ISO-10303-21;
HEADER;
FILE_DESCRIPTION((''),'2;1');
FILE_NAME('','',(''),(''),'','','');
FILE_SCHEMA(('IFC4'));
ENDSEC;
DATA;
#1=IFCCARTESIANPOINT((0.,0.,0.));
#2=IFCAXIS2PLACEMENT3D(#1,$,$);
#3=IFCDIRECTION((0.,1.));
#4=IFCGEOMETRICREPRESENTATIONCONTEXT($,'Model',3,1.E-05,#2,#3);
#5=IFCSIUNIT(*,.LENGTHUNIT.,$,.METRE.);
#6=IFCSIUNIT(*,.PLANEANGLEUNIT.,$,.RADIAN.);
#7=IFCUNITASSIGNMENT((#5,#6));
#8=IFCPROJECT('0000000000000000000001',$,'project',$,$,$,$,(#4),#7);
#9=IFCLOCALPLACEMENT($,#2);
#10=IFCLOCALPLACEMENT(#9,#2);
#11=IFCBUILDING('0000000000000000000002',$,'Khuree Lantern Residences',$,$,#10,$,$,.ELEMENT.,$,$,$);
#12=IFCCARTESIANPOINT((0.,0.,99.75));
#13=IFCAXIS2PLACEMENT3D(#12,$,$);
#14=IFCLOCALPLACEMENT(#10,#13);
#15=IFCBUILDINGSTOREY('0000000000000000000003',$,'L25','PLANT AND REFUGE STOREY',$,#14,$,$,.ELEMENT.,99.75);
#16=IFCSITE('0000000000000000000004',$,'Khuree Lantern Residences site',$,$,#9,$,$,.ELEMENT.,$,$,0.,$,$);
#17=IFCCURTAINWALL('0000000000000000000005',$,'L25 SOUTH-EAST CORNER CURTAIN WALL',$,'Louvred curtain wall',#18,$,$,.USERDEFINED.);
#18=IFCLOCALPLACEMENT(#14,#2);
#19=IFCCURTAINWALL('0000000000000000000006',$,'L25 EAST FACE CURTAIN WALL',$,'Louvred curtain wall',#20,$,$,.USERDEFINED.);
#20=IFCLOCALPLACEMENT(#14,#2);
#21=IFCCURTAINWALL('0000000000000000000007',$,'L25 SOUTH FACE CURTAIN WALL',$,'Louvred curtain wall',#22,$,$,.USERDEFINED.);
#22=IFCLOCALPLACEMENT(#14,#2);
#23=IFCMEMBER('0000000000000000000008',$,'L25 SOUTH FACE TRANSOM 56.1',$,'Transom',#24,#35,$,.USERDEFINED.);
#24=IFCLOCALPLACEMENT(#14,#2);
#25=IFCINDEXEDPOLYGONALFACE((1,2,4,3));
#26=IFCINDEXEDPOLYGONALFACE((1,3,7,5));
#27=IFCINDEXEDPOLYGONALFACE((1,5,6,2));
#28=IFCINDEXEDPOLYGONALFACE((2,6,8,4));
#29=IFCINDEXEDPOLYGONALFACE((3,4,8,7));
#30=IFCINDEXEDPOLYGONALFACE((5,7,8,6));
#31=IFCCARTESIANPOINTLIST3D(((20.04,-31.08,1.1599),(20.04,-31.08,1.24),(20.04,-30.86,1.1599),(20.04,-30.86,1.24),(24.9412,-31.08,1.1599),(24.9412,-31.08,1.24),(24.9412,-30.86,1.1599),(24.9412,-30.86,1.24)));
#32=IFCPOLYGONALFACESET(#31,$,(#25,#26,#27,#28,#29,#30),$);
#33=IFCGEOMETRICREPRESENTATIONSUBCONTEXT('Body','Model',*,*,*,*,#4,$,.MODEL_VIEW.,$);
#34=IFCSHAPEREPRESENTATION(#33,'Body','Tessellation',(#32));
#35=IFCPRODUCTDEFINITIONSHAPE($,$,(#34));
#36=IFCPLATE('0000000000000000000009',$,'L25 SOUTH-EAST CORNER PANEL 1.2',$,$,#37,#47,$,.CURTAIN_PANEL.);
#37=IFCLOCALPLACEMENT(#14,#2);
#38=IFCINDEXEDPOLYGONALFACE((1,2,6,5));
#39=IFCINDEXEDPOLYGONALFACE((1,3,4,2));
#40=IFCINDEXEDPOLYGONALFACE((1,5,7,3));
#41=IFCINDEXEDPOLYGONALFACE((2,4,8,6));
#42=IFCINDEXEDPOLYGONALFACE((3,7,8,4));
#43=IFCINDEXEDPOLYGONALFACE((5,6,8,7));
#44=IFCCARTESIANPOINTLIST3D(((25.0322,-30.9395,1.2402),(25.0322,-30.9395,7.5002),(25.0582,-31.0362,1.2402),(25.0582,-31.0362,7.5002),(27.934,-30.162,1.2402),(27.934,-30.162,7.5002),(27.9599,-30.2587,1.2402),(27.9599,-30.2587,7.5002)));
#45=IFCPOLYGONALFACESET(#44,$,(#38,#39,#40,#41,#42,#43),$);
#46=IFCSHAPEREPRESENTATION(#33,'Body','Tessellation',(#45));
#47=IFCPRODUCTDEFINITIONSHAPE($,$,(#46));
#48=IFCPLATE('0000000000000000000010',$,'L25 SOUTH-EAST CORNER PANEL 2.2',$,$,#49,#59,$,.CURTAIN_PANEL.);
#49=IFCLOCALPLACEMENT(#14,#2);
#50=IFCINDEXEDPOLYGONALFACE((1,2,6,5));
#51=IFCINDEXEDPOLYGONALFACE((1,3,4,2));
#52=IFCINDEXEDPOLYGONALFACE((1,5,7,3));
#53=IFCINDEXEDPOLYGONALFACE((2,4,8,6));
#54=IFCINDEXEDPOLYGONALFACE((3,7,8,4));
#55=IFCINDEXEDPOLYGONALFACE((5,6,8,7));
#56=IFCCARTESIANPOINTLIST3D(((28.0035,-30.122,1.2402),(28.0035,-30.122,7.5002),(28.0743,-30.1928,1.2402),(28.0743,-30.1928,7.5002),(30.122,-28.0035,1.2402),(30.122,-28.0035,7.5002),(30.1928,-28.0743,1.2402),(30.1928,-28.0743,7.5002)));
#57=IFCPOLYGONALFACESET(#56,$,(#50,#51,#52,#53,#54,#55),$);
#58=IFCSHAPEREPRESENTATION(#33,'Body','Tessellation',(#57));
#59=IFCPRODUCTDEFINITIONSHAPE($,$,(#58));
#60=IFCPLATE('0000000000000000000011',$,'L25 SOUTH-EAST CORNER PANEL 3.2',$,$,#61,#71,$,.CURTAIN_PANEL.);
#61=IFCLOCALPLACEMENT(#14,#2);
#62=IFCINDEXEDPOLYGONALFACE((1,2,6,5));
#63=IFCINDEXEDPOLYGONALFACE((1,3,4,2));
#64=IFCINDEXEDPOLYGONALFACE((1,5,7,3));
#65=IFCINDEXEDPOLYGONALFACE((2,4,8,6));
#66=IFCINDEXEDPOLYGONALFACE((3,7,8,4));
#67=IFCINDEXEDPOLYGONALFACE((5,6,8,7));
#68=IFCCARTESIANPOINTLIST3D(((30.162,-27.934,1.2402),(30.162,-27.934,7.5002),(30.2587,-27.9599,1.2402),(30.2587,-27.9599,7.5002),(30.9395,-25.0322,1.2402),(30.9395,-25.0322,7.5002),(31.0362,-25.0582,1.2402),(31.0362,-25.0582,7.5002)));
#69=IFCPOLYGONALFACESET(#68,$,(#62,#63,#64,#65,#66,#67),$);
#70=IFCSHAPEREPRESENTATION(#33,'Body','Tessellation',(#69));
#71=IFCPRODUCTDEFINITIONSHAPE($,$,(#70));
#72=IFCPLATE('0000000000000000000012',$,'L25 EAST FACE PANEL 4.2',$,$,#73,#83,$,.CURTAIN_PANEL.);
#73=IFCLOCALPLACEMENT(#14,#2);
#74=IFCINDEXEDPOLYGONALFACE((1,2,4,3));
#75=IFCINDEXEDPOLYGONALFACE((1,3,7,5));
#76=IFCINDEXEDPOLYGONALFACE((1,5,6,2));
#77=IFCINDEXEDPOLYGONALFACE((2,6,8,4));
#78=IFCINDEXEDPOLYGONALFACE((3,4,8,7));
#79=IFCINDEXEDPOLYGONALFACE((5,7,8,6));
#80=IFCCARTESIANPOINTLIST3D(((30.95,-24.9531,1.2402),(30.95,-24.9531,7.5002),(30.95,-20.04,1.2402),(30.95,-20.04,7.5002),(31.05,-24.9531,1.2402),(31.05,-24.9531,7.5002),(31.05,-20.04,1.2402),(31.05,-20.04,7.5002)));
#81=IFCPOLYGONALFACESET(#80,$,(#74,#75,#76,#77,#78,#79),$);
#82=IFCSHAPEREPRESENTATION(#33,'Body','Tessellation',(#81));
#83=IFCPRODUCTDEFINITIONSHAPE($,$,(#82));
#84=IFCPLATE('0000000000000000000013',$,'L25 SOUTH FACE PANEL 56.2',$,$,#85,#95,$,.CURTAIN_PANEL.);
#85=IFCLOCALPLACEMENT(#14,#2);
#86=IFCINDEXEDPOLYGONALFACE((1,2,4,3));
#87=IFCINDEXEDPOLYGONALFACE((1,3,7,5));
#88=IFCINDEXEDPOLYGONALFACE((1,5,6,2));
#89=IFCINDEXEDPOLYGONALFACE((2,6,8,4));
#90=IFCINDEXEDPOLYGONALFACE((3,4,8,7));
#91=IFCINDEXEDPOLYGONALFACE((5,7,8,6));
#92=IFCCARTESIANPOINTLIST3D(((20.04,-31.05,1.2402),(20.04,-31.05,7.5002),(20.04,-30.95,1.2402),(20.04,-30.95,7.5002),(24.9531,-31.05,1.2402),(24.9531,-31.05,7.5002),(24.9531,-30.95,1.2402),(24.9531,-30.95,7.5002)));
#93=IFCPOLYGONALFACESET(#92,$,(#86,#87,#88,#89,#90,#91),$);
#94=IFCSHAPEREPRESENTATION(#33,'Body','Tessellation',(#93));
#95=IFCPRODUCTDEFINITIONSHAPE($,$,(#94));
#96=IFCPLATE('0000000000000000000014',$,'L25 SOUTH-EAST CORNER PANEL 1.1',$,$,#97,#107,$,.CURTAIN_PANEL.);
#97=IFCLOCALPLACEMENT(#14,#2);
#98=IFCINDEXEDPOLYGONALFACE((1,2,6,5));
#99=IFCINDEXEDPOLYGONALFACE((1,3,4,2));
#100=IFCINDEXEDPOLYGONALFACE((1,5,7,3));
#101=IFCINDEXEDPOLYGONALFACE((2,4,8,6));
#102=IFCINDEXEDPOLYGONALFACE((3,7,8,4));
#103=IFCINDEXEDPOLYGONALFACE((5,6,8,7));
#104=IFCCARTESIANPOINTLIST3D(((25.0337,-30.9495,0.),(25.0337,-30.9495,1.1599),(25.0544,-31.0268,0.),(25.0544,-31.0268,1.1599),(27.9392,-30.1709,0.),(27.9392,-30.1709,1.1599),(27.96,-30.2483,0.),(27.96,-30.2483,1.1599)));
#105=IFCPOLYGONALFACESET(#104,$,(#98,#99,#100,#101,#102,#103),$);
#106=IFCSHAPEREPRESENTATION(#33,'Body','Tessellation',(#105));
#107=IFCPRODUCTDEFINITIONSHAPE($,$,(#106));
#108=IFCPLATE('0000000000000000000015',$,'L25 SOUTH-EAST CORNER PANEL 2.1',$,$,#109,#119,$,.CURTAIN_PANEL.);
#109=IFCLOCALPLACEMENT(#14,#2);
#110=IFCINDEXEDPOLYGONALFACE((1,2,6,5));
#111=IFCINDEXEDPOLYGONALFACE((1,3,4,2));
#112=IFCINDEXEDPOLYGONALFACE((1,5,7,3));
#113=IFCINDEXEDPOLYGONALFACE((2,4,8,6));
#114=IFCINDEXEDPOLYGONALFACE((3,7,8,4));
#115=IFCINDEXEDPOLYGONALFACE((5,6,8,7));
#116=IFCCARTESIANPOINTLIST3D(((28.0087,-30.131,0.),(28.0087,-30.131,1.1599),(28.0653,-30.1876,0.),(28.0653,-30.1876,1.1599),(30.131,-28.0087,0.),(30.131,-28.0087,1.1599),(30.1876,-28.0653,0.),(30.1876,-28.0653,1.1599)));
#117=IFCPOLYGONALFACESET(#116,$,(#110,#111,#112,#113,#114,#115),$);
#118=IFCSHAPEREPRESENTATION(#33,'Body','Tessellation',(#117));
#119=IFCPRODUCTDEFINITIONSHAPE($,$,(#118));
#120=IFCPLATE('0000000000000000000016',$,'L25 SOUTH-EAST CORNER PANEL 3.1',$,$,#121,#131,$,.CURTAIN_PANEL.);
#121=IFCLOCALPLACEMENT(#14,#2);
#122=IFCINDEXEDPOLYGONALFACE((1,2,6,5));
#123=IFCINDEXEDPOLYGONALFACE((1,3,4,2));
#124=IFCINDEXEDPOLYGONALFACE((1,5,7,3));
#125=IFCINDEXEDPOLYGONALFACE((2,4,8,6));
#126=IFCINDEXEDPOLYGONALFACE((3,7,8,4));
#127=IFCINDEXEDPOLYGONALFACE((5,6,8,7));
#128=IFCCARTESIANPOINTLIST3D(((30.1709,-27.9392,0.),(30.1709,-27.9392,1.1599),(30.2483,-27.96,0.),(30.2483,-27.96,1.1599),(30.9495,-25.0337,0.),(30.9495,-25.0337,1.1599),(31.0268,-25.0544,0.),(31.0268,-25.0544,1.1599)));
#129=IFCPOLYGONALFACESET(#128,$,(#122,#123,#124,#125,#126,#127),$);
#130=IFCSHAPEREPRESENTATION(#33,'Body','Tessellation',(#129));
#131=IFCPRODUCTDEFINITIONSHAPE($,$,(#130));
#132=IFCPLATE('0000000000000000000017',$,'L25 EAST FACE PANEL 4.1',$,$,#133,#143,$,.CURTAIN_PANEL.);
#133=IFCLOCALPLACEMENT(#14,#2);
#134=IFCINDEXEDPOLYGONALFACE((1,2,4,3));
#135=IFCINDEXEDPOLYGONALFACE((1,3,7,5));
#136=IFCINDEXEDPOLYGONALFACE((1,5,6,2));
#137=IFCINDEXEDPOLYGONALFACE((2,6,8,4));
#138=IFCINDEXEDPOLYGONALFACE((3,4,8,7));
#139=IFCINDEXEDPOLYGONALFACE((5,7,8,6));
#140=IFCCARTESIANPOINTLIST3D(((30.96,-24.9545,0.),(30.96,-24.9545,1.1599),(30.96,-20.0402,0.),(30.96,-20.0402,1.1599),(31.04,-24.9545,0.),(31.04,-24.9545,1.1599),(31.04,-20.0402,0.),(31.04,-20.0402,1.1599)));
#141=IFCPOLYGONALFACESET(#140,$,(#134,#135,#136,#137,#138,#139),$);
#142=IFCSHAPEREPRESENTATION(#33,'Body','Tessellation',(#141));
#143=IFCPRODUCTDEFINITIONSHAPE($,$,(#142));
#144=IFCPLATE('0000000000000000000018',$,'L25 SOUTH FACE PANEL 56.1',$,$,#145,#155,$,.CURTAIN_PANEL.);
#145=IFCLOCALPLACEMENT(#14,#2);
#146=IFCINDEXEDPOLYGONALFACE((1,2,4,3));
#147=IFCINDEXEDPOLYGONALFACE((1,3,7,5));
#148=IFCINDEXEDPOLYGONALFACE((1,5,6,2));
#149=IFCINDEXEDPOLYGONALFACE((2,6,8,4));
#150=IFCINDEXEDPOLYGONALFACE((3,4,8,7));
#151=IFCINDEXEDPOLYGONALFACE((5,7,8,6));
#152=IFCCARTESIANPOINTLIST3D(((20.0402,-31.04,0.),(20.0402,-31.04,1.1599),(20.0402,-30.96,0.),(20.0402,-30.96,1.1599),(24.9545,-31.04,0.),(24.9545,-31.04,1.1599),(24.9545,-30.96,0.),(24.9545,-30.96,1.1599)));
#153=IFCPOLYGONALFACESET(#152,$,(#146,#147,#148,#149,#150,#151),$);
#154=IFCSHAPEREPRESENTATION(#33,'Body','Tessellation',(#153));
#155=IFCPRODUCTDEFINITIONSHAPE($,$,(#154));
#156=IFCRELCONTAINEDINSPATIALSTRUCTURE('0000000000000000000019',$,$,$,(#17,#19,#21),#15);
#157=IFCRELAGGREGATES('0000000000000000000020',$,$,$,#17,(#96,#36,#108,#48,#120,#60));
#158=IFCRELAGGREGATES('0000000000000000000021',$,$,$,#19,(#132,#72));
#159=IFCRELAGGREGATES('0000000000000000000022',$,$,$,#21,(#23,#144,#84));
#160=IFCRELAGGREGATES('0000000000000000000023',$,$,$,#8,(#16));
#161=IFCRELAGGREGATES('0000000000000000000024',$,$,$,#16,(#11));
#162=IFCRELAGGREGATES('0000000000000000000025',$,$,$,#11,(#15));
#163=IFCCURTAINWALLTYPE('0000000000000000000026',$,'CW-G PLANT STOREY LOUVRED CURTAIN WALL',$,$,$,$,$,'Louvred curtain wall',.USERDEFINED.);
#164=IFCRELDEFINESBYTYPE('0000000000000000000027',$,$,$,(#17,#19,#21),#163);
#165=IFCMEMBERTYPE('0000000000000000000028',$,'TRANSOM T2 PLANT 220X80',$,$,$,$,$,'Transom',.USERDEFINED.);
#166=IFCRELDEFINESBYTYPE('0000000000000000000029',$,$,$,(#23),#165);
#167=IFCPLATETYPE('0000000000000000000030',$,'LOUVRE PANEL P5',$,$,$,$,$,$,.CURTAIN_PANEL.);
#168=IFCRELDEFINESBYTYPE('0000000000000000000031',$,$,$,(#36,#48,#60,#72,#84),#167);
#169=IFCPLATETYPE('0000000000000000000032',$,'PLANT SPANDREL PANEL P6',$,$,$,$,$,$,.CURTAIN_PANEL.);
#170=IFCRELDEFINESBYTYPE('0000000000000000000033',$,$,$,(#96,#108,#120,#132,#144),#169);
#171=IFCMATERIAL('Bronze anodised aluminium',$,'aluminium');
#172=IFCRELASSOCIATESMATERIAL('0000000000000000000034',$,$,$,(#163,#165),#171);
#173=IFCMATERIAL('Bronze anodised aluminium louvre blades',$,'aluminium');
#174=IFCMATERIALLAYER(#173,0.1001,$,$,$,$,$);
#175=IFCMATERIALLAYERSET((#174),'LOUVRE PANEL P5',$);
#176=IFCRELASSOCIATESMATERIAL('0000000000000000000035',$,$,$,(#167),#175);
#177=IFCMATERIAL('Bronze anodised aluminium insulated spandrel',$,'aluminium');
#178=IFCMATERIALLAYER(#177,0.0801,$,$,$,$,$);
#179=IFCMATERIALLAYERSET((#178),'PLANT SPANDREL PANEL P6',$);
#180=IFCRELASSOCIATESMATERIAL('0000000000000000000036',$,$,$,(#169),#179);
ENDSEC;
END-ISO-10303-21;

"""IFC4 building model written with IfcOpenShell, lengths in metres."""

from ifc_helpers import new_model, si_unit, direction, frame, origin, origin_2d, place, context, subcontext, project, spatial, rectangle, extrude, material, layer, layer_set, material_profile, profile_set, type_object, element, aggregate, save


model = new_model("IFC4")

# Units and contexts
model_context = context("Model", 3, precision=1e-05, world=origin(), true_north=direction((0.0, 1.0)))
body_context = subcontext(model_context, "Body", "Model", "MODEL_VIEW")
ifc_project = project(units=[si_unit("LENGTHUNIT", "METRE"), si_unit("PLANEANGLEUNIT", "RADIAN")], contexts=[model_context])

# Site, building, storey
site_placement = place(None, origin())
site = spatial("IfcSite", under=ifc_project, at=site_placement, Name="Khuree Lantern Residences site", CompositionType="ELEMENT", RefElevation=0.0)
building_placement = place(site_placement, origin())
building = spatial("IfcBuilding", under=site, at=building_placement, Name="Khuree Lantern Residences", CompositionType="ELEMENT")
storey_placement = place(building_placement, frame((0.0, 0.0, 99.75)))
storey = spatial("IfcBuildingStorey", under=building, at=storey_placement, Name="L25", Description="PLANT AND REFUGE STOREY", CompositionType="ELEMENT", Elevation=99.75)

# Curtain wall
ifc_material_1 = material(Name="Bronze anodised aluminium", Category="aluminium")
curtain_wall_type = type_object("IfcCurtainWallType", Name="CW-G PLANT STOREY LOUVRED CURTAIN WALL", ElementType="Louvred curtain wall", PredefinedType="USERDEFINED", material=ifc_material_1)
curtain_wall_1_placement = place(storey_placement, origin())
curtain_wall_1 = element("IfcCurtainWall", 1, at=curtain_wall_1_placement, inside=storey, type_object=curtain_wall_type, Name="L25 SOUTH-EAST CORNER CURTAIN WALL", ObjectType="Louvred curtain wall", PredefinedType="USERDEFINED")

# Curtain walls
curtain_wall_2_placement = place(storey_placement, origin())
curtain_wall_2 = element("IfcCurtainWall", 2, at=curtain_wall_2_placement, inside=storey, type_object=curtain_wall_type, Name="L25 EAST FACE CURTAIN WALL", ObjectType="Louvred curtain wall", PredefinedType="USERDEFINED")
curtain_wall_3_placement = place(storey_placement, origin())
curtain_wall_3 = element("IfcCurtainWall", 3, at=curtain_wall_3_placement, inside=storey, type_object=curtain_wall_type, Name="L25 SOUTH FACE CURTAIN WALL", ObjectType="Louvred curtain wall", PredefinedType="USERDEFINED")

# Member
ifc_material_profile_1 = material_profile(ifc_material_1, rectangle(XDim=0.22, YDim=0.0801, at=origin_2d()), Name="T2 220X80")
ifc_profile_set_1 = profile_set([ifc_material_profile_1], Name="Bronze anodised aluminium")
member_type_1 = type_object("IfcMemberType", Name="TRANSOM T2 PLANT 220X80", ElementType="Transom", PredefinedType="USERDEFINED", material=ifc_profile_set_1)
member_1_placement = place(storey_placement, frame((20.04, -30.97, 1.2), z_axis=(1.0, 0.0, 0.0), x_axis=(0.0, 1.0, 0.0)))
member_1 = element("IfcMember", 4, at=member_1_placement, type_object=member_type_1, Name="L25 SOUTH FACE TRANSOM 56.1", ObjectType="Transom", PredefinedType="USERDEFINED", context=body_context, shape_type="SweptSolid", body=[
    extrude(rectangle(XDim=0.22, YDim=0.0801, at=origin_2d()), origin(), (0.0, 0.0, 1.0), 4.9011),
])

# Plates
ifc_material_2 = material(Name="Bronze anodised aluminium louvre blades", Category="aluminium")
ifc_layer_1 = layer(ifc_material_2, 0.1001)
ifc_layer_set_1 = layer_set([ifc_layer_1], Name="LOUVRE PANEL P5")
plate_type_1 = type_object("IfcPlateType", Name="LOUVRE PANEL P5", PredefinedType="CURTAIN_PANEL", material=ifc_layer_set_1)
plate_1_placement = place(storey_placement, frame((26.4961, -30.5991, 1.2402), z_axis=(0.0, 0.0, 1.0), x_axis=(0.965926, 0.258819, 0.0)))
plate_1 = element("IfcPlate", 5, at=plate_1_placement, type_object=plate_type_1, Name="L25 SOUTH-EAST CORNER PANEL 1.2", PredefinedType="CURTAIN_PANEL", context=body_context, shape_type="SweptSolid", body=[
    extrude(rectangle(XDim=3.0042, YDim=0.1001, at=origin_2d()), origin(), (0.0, 0.0, 1.0), 6.26),
])
plate_2_placement = place(storey_placement, frame((29.0981, -29.0981, 1.2402), z_axis=(0.0, 0.0, 1.0), x_axis=(0.707107, 0.707107, 0.0)))
plate_2 = element("IfcPlate", 6, at=plate_2_placement, type_object=plate_type_1, Name="L25 SOUTH-EAST CORNER PANEL 2.2", PredefinedType="CURTAIN_PANEL", context=body_context, shape_type="SweptSolid", body=[
    extrude(rectangle(XDim=2.9961, YDim=0.1001, at=origin_2d()), origin(), (0.0, 0.0, 1.0), 6.26),
])
plate_3_placement = place(storey_placement, frame((30.5991, -26.4961, 1.2402), z_axis=(0.0, 0.0, 1.0), x_axis=(0.258819, 0.965926, 0.0)))
plate_3 = element("IfcPlate", 7, at=plate_3_placement, type_object=plate_type_1, Name="L25 SOUTH-EAST CORNER PANEL 3.2", PredefinedType="CURTAIN_PANEL", context=body_context, shape_type="SweptSolid", body=[
    extrude(rectangle(XDim=3.0042, YDim=0.1001, at=origin_2d()), origin(), (0.0, 0.0, 1.0), 6.26),
])
plate_4_placement = place(storey_placement, frame((31.0, -22.4966, 1.2402), z_axis=(0.0, 0.0, 1.0), x_axis=(0.0, 1.0, 0.0)))
plate_4 = element("IfcPlate", 8, at=plate_4_placement, type_object=plate_type_1, Name="L25 EAST FACE PANEL 4.2", PredefinedType="CURTAIN_PANEL", context=body_context, shape_type="SweptSolid", body=[
    extrude(rectangle(XDim=4.9131, YDim=0.1001, at=origin_2d()), origin(), (0.0, 0.0, 1.0), 6.26),
])
plate_5_placement = place(storey_placement, frame((22.4966, -31.0, 1.2402), z_axis=(0.0, 0.0, 1.0), x_axis=(1.0, 0.0, 0.0)))
plate_5 = element("IfcPlate", 9, at=plate_5_placement, type_object=plate_type_1, Name="L25 SOUTH FACE PANEL 56.2", PredefinedType="CURTAIN_PANEL", context=body_context, shape_type="SweptSolid", body=[
    extrude(rectangle(XDim=4.9131, YDim=0.1001, at=origin_2d()), origin(), (0.0, 0.0, 1.0), 6.26),
])
ifc_material_3 = material(Name="Bronze anodised aluminium insulated spandrel", Category="aluminium")
ifc_layer_2 = layer(ifc_material_3, 0.0801)
ifc_layer_set_2 = layer_set([ifc_layer_2], Name="PLANT SPANDREL PANEL P6")
plate_type_2 = type_object("IfcPlateType", Name="PLANT SPANDREL PANEL P6", PredefinedType="CURTAIN_PANEL", material=ifc_layer_set_2)
plate_6_placement = place(storey_placement, frame((26.4968, -30.5989, 0.0), z_axis=(0.0, 0.0, 1.0), x_axis=(0.965926, 0.258819, 0.0)))
plate_6 = element("IfcPlate", 10, at=plate_6_placement, type_object=plate_type_2, Name="L25 SOUTH-EAST CORNER PANEL 1.1", PredefinedType="CURTAIN_PANEL", context=body_context, shape_type="SweptSolid", body=[
    extrude(rectangle(XDim=3.0081, YDim=0.0801, at=origin_2d()), origin(), (0.0, 0.0, 1.0), 1.1599),
])
plate_7_placement = place(storey_placement, frame((29.0981, -29.0981, 0.0), z_axis=(0.0, 0.0, 1.0), x_axis=(0.707107, 0.707107, 0.0)))
plate_7 = element("IfcPlate", 11, at=plate_7_placement, type_object=plate_type_2, Name="L25 SOUTH-EAST CORNER PANEL 2.1", PredefinedType="CURTAIN_PANEL", context=body_context, shape_type="SweptSolid", body=[
    extrude(rectangle(XDim=3.0015, YDim=0.0801, at=origin_2d()), origin(), (0.0, 0.0, 1.0), 1.1599),
])
plate_8_placement = place(storey_placement, frame((30.5989, -26.4968, 0.0), z_axis=(0.0, 0.0, 1.0), x_axis=(0.258819, 0.965926, 0.0)))
plate_8 = element("IfcPlate", 12, at=plate_8_placement, type_object=plate_type_2, Name="L25 SOUTH-EAST CORNER PANEL 3.1", PredefinedType="CURTAIN_PANEL", context=body_context, shape_type="SweptSolid", body=[
    extrude(rectangle(XDim=3.0081, YDim=0.0801, at=origin_2d()), origin(), (0.0, 0.0, 1.0), 1.1599),
])
aggregate(curtain_wall_1, [plate_6, plate_1, plate_7, plate_2, plate_8, plate_3])
plate_9_placement = place(storey_placement, frame((31.0, -22.4973, 0.0), z_axis=(0.0, 0.0, 1.0), x_axis=(0.0, 1.0, 0.0)))
plate_9 = element("IfcPlate", 13, at=plate_9_placement, type_object=plate_type_2, Name="L25 EAST FACE PANEL 4.1", PredefinedType="CURTAIN_PANEL", context=body_context, shape_type="SweptSolid", body=[
    extrude(rectangle(XDim=4.9143, YDim=0.0801, at=origin_2d()), origin(), (0.0, 0.0, 1.0), 1.1599),
])
aggregate(curtain_wall_2, [plate_9, plate_4])
plate_10_placement = place(storey_placement, frame((22.4973, -31.0, 0.0), z_axis=(0.0, 0.0, 1.0), x_axis=(1.0, 0.0, 0.0)))
plate_10 = element("IfcPlate", 14, at=plate_10_placement, type_object=plate_type_2, Name="L25 SOUTH FACE PANEL 56.1", PredefinedType="CURTAIN_PANEL", context=body_context, shape_type="SweptSolid", body=[
    extrude(rectangle(XDim=4.9143, YDim=0.0801, at=origin_2d()), origin(), (0.0, 0.0, 1.0), 1.1599),
])
aggregate(curtain_wall_3, [member_1, plate_10, plate_5])

save(model, "model.ifc")
